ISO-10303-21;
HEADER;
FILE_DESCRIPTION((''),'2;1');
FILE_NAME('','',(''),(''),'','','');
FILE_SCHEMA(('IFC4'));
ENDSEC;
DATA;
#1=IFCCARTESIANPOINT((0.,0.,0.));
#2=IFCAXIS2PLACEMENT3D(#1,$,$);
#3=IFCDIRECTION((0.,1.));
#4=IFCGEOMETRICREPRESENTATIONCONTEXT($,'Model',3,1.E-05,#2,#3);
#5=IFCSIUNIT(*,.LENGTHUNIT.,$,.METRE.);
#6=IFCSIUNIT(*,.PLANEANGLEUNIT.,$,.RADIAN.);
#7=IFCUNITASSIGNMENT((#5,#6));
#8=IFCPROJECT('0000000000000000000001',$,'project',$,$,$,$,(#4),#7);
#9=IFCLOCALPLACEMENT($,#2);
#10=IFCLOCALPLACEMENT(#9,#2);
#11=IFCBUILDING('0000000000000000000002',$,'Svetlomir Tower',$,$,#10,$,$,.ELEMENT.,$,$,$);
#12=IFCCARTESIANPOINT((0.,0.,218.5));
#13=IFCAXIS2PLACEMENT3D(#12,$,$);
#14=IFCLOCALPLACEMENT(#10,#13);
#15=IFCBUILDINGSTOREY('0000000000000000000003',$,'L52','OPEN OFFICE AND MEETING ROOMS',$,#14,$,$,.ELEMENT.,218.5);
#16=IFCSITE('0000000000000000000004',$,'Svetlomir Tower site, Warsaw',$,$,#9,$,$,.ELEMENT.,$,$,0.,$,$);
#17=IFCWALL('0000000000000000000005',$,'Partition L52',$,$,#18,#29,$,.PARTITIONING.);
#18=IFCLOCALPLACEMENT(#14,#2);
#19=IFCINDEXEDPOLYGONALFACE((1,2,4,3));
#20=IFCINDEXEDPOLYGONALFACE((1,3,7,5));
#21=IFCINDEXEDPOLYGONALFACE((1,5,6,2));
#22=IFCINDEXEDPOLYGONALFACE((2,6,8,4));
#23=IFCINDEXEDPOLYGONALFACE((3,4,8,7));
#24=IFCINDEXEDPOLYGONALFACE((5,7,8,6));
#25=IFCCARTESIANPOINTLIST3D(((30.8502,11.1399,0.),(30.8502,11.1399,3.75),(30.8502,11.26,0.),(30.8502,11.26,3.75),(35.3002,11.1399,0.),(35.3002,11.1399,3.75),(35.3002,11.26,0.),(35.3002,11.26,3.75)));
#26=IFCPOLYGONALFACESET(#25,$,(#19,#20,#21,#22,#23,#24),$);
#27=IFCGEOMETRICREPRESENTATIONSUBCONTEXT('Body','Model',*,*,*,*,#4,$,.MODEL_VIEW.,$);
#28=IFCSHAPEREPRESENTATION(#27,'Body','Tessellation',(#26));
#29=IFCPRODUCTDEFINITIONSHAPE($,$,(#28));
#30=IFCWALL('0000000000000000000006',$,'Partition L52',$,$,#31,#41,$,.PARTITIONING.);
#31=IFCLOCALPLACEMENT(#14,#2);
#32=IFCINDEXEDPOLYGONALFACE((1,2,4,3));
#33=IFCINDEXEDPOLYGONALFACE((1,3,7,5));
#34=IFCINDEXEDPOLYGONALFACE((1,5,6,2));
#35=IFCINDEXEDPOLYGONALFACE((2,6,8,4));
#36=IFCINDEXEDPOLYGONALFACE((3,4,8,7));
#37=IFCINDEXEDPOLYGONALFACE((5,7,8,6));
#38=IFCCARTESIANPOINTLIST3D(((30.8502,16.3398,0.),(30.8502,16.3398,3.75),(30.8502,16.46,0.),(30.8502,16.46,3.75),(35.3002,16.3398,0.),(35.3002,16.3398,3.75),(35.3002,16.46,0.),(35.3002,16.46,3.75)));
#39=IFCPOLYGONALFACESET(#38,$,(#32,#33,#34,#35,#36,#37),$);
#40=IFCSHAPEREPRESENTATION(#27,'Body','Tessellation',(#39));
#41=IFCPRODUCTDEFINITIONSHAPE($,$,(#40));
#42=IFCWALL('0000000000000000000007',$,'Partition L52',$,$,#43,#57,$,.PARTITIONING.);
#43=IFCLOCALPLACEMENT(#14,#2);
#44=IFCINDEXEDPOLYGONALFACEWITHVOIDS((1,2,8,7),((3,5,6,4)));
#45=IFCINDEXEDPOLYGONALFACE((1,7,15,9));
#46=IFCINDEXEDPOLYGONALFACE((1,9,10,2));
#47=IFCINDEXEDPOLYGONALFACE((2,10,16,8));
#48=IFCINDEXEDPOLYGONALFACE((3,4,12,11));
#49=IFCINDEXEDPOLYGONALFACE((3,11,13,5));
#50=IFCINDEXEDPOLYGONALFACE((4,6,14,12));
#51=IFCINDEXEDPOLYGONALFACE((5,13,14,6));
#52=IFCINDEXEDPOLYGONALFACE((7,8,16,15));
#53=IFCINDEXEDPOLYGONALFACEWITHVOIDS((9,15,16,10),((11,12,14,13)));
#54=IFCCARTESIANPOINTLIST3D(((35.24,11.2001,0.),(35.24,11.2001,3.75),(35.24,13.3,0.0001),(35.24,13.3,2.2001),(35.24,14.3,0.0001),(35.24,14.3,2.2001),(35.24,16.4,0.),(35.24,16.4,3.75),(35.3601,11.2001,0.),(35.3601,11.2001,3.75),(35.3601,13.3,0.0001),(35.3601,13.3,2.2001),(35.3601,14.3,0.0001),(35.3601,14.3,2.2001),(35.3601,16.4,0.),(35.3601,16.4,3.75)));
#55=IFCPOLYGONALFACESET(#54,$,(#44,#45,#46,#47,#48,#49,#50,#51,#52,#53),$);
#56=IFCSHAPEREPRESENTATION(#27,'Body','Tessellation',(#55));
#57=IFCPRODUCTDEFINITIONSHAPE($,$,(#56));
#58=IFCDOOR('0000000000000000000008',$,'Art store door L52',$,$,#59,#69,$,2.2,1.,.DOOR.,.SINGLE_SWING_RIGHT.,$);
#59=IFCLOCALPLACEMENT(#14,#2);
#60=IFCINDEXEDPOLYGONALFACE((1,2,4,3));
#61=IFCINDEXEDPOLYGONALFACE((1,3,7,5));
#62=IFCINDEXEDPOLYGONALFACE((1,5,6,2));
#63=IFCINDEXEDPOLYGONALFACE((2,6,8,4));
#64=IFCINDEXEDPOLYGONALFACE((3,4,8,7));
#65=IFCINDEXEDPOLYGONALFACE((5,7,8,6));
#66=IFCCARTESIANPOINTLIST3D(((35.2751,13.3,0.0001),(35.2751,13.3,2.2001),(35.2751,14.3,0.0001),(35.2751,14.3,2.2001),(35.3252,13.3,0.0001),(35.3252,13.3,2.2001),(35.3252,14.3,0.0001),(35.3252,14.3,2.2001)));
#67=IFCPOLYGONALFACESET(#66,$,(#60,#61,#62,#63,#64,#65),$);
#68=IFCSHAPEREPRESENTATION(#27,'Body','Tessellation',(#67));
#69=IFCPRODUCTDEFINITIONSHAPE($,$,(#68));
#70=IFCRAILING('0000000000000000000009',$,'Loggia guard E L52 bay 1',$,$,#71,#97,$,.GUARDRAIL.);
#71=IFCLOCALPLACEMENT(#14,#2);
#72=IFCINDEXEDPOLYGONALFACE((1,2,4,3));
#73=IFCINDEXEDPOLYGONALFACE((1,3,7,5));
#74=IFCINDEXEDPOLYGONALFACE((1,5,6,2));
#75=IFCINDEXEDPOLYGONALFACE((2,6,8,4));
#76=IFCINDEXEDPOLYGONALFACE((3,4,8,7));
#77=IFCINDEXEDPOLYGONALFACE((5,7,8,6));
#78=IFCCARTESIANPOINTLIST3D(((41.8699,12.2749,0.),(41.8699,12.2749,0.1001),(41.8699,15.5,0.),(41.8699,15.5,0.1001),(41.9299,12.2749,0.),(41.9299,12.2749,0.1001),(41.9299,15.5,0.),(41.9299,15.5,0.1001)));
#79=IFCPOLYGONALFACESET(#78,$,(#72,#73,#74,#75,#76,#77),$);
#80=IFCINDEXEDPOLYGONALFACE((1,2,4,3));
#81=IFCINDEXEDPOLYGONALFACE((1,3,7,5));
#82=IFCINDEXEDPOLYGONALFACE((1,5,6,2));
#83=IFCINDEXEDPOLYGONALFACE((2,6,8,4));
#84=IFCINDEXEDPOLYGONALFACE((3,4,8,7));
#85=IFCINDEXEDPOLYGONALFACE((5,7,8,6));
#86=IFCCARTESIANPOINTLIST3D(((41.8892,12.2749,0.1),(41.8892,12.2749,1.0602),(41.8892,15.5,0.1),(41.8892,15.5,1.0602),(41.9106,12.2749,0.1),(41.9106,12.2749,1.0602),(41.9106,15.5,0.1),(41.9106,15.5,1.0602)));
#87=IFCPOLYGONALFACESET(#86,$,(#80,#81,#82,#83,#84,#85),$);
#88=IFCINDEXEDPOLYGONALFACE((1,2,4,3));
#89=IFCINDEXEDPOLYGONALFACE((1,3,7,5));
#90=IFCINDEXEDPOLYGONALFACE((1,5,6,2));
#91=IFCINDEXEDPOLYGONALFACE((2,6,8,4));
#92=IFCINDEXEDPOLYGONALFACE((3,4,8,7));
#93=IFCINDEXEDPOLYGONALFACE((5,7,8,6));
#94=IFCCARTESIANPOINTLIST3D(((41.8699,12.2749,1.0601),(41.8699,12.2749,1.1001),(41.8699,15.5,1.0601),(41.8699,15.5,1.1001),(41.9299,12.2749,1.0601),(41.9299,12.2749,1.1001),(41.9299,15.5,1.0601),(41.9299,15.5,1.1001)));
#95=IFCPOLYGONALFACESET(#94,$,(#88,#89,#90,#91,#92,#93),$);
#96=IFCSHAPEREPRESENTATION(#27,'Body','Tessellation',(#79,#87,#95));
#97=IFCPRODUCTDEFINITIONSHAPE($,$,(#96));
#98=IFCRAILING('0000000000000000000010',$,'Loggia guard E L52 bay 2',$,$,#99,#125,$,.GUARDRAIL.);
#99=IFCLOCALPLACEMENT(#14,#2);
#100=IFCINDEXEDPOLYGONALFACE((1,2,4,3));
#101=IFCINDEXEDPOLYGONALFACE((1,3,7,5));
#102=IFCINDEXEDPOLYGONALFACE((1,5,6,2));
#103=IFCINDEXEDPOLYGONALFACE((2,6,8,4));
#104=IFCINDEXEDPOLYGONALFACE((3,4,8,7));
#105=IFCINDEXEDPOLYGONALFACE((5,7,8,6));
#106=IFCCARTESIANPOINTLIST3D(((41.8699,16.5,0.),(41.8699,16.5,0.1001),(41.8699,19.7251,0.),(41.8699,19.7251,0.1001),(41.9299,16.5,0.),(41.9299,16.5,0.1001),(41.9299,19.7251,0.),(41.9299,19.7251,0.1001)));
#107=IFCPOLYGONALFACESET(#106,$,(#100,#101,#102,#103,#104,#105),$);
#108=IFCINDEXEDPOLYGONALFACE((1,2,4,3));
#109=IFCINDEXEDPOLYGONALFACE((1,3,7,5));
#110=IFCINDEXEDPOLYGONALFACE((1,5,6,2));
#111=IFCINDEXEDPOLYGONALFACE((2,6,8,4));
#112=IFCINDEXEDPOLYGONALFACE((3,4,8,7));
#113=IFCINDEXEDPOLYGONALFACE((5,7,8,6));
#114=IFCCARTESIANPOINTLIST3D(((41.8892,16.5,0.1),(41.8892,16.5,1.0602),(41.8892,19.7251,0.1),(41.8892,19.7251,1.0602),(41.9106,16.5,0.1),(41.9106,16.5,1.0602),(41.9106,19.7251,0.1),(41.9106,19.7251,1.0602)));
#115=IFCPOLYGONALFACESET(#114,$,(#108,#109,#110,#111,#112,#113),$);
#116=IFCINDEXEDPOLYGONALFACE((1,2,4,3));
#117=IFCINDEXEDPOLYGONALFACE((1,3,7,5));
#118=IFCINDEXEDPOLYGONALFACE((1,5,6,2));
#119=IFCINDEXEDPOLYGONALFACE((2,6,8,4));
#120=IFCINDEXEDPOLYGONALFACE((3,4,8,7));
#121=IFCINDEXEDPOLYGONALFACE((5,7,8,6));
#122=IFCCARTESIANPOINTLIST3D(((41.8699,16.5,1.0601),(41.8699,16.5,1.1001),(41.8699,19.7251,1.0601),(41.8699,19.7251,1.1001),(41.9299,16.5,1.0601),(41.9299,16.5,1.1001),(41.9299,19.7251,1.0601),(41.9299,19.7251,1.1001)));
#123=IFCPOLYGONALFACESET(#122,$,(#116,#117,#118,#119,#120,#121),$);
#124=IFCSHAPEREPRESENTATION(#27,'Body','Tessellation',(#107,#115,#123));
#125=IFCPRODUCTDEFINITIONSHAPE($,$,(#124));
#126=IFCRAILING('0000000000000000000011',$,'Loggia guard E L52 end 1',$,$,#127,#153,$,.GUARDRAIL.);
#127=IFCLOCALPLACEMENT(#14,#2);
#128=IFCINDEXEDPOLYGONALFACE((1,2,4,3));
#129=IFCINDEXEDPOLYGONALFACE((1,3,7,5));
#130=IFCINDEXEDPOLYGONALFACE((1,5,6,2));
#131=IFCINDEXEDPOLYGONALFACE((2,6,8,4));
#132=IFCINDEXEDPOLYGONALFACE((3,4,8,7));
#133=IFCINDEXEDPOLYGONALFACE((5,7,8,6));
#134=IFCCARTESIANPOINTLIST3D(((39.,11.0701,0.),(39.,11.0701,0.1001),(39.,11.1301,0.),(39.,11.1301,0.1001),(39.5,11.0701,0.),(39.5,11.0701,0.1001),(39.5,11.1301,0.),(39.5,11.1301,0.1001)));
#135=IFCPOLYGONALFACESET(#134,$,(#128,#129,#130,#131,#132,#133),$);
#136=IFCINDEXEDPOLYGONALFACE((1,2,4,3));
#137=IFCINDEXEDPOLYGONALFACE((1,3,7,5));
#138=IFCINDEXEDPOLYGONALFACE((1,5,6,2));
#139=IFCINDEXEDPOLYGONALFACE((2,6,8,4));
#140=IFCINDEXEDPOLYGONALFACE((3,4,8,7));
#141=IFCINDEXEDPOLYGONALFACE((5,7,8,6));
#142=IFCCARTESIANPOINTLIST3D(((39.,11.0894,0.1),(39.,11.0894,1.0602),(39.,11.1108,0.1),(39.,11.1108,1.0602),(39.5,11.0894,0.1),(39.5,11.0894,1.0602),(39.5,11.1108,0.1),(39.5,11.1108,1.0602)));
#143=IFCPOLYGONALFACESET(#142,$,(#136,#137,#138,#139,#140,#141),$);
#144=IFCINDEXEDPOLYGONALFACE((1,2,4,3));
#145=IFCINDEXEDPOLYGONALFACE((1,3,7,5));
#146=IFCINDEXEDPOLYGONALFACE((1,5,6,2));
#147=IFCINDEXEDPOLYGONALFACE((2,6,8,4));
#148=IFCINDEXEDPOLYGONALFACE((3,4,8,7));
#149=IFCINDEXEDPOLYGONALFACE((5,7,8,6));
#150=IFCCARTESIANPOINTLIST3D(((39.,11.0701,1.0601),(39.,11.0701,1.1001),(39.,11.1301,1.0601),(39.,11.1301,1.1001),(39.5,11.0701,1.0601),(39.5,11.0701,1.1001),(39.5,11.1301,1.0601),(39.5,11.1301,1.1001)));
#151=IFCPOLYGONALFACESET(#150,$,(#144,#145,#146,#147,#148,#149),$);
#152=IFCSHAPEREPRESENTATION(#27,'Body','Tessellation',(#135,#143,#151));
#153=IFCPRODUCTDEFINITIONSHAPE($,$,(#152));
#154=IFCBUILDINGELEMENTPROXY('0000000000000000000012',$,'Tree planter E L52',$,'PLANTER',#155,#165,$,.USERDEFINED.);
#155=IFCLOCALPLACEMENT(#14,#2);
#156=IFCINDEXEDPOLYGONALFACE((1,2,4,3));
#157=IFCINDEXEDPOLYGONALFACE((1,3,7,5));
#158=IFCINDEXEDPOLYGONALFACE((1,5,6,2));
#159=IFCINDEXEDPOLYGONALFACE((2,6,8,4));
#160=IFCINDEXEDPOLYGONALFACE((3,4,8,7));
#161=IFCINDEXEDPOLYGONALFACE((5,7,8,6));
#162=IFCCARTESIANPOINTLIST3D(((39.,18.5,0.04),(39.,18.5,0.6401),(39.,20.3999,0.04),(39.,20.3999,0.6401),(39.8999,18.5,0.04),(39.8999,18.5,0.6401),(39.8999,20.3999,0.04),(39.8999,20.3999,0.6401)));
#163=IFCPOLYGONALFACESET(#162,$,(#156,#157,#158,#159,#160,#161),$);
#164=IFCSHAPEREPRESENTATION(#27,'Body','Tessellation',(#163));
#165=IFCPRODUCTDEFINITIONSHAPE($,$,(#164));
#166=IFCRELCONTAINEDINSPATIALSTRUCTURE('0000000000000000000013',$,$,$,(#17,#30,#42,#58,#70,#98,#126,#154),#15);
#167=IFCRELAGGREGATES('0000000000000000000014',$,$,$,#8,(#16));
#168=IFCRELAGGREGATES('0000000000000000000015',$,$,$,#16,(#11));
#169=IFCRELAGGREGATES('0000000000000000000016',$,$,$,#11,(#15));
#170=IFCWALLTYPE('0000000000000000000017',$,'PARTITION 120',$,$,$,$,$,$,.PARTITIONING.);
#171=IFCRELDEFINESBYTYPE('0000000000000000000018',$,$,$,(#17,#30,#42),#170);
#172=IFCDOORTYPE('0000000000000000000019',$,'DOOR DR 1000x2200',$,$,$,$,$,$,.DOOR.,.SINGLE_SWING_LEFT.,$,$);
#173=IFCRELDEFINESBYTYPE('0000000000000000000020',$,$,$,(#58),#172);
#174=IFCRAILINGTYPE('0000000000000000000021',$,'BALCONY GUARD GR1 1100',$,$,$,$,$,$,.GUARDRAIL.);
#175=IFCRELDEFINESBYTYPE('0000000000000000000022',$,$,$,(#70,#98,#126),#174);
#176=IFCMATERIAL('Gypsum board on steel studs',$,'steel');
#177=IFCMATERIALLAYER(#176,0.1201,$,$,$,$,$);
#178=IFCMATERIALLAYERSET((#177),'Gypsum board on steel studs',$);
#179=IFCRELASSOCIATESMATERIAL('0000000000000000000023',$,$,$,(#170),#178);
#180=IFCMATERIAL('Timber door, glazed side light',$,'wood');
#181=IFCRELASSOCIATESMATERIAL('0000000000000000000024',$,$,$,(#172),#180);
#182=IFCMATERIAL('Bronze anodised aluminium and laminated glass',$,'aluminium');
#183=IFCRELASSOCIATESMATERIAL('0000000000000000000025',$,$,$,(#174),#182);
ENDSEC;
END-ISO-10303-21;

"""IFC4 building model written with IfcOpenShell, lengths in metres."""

from ifc_helpers import new_model, si_unit, direction, frame, frame_2d, origin, origin_2d, place, context, subcontext, project, spatial, rectangle, extrude, material, layer, layer_set, type_object, element, fill, save


model = new_model("IFC4")

# Units and contexts
model_context = context("Model", 3, precision=1e-05, world=origin(), true_north=direction((0.0, 1.0)))
body_context = subcontext(model_context, "Body", "Model", "MODEL_VIEW")
ifc_project = project(units=[si_unit("LENGTHUNIT", "METRE"), si_unit("PLANEANGLEUNIT", "RADIAN")], contexts=[model_context])

# Site, building, storey
site_placement = place(None, origin())
site = spatial("IfcSite", under=ifc_project, at=site_placement, Name="Svetlomir Tower site, Warsaw", CompositionType="ELEMENT", RefElevation=0.0)
building_placement = place(site_placement, origin())
building = spatial("IfcBuilding", under=site, at=building_placement, Name="Svetlomir Tower", CompositionType="ELEMENT")
storey_placement = place(building_placement, frame((0.0, 0.0, 218.5)))
storey = spatial("IfcBuildingStorey", under=building, at=storey_placement, Name="L52", Description="OPEN OFFICE AND MEETING ROOMS", CompositionType="ELEMENT", Elevation=218.5)

# Walls
ifc_material_1 = material(Name="Gypsum board on steel studs", Category="steel")
ifc_layer_1 = layer(ifc_material_1, 0.1201)
ifc_layer_set_1 = layer_set([ifc_layer_1], Name="Gypsum board on steel studs")
wall_type_1 = type_object("IfcWallType", Name="PARTITION 120", PredefinedType="PARTITIONING", material=ifc_layer_set_1)
for number, where, z_axis, x_axis, name in (
    (1, (30.8501, 11.2, 0.0), (0.0, 0.0, 1.0), (1.0, 0.0, 0.0), "Partition L52"),
    (2, (30.8501, 16.3999, 0.0), (0.0, 0.0, 1.0), (1.0, 0.0, 0.0), "Partition L52"),
):
    element("IfcWall", number, at=place(storey_placement, frame(where, z_axis=z_axis, x_axis=x_axis)), inside=storey, type_object=wall_type_1, Name=name, PredefinedType="PARTITIONING", context=body_context, shape_type="SweptSolid", body=[
        extrude(rectangle(XDim=4.45, YDim=0.1201, at=frame_2d((2.2251, 0.0))), origin(), (0.0, 0.0, 1.0), 3.75),
    ])

# Wall, opening, door
wall_1_placement = place(storey_placement, frame((35.3, 11.2, 0.0), z_axis=(0.0, 0.0, 1.0), x_axis=(0.0, 1.0, 0.0)))
wall_1 = element("IfcWall", 3, at=wall_1_placement, inside=storey, type_object=wall_type_1, Name="Partition L52", PredefinedType="PARTITIONING", context=body_context, shape_type="SweptSolid", body=[
    extrude(rectangle(XDim=5.2, YDim=0.1201, at=frame_2d((2.6001, 0.0))), origin(), (0.0, 0.0, 1.0), 3.75),
])
opening_1_placement = place(wall_1_placement, frame((2.1001, 0.0, 0.0)))
opening_1 = element("IfcOpeningElement", 4, at=opening_1_placement, cuts=wall_1, PredefinedType="OPENING", context=body_context, shape_type="SweptSolid", body=[
    extrude(rectangle(XDim=1.0, YDim=2.2, at=frame_2d((0.5, 1.1001))), frame((0.0, 0.0701, 0.0), z_axis=(0.0, -1.0, 0.0), x_axis=(1.0, 0.0, 0.0)), (0.0, 0.0, 1.0), 0.1401),
])
ifc_material_2 = material(Name="Timber door, glazed side light", Category="wood")
door_type_1 = type_object("IfcDoorType", Name="DOOR DR 1000x2200", OperationType="SINGLE_SWING_LEFT", PredefinedType="DOOR", material=ifc_material_2)
door_1_placement = place(opening_1_placement, origin())
door_1 = element("IfcDoor", 5, at=door_1_placement, inside=storey, type_object=door_type_1, Name="Art store door L52", OperationType="SINGLE_SWING_RIGHT", OverallHeight=2.2, OverallWidth=1.0, PredefinedType="DOOR", context=body_context, shape_type="SweptSolid", body=[
    extrude(rectangle(XDim=1.0, YDim=2.2, at=frame_2d((0.5, 1.1001))), frame((0.0, 0.0249, 0.0), z_axis=(0.0, -1.0, 0.0), x_axis=(1.0, 0.0, 0.0)), (0.0, 0.0, 1.0), 0.05),
])
fill(opening_1, door_1)

# Railings
ifc_material_3 = material(Name="Bronze anodised aluminium and laminated glass", Category="aluminium")
railing_type = type_object("IfcRailingType", Name="BALCONY GUARD GR1 1100", PredefinedType="GUARDRAIL", material=ifc_material_3)
for number, where, name in (
    (6, (41.8999, 12.2749, 0.0), "Loggia guard E L52 bay 1"),
    (7, (41.8999, 16.5, 0.0), "Loggia guard E L52 bay 2"),
):
    element("IfcRailing", number, at=place(storey_placement, frame(where)), inside=storey, type_object=railing_type, Name=name, PredefinedType="GUARDRAIL", context=body_context, shape_type="SweptSolid", body=[
        extrude(rectangle(XDim=0.0601, YDim=0.1001, at=origin_2d()), frame((0.0, 0.0, 0.05), z_axis=(0.0, 1.0, 0.0), x_axis=(-1.0, 0.0, 0.0)), (0.0, 0.0, 1.0), 3.2251),
        extrude(rectangle(XDim=0.0215, YDim=0.9602, at=origin_2d()), frame((0.0, 0.0, 0.5801), z_axis=(0.0, 1.0, 0.0), x_axis=(-1.0, 0.0, 0.0)), (0.0, 0.0, 1.0), 3.2251),
        extrude(rectangle(XDim=0.0601, YDim=0.04, at=origin_2d()), frame((0.0, 0.0, 1.0801), z_axis=(0.0, 1.0, 0.0), x_axis=(-1.0, 0.0, 0.0)), (0.0, 0.0, 1.0), 3.2251),
    ])
railing_placement = place(storey_placement, frame((39.5, 11.1001, 0.0)))
element("IfcRailing", 8, at=railing_placement, inside=storey, type_object=railing_type, Name="Loggia guard E L52 end 1", PredefinedType="GUARDRAIL", context=body_context, shape_type="SweptSolid", body=[
    extrude(rectangle(XDim=0.0601, YDim=0.1001, at=origin_2d()), frame((0.0, 0.0, 0.05), z_axis=(-1.0, 0.0, 0.0), x_axis=(0.0, -1.0, 0.0)), (0.0, 0.0, 1.0), 0.5),
    extrude(rectangle(XDim=0.0215, YDim=0.9602, at=origin_2d()), frame((0.0, 0.0, 0.5801), z_axis=(-1.0, 0.0, 0.0), x_axis=(0.0, -1.0, 0.0)), (0.0, 0.0, 1.0), 0.5),
    extrude(rectangle(XDim=0.0601, YDim=0.04, at=origin_2d()), frame((0.0, 0.0, 1.0801), z_axis=(-1.0, 0.0, 0.0), x_axis=(0.0, -1.0, 0.0)), (0.0, 0.0, 1.0), 0.5),
])

# Building element proxy
proxy_placement = place(storey_placement, frame((39.45, 19.45, 0.04), z_axis=(0.0, 0.0, 1.0), x_axis=(1.0, 0.0, 0.0)))
element("IfcBuildingElementProxy", 9, at=proxy_placement, inside=storey, Name="Tree planter E L52", ObjectType="PLANTER", PredefinedType="USERDEFINED", context=body_context, shape_type="SweptSolid", body=[
    extrude(rectangle(XDim=0.8999, YDim=1.8999, at=origin_2d()), origin(), (0.0, 0.0, 1.0), 0.6001),
])

save(model, "model.ifc")
